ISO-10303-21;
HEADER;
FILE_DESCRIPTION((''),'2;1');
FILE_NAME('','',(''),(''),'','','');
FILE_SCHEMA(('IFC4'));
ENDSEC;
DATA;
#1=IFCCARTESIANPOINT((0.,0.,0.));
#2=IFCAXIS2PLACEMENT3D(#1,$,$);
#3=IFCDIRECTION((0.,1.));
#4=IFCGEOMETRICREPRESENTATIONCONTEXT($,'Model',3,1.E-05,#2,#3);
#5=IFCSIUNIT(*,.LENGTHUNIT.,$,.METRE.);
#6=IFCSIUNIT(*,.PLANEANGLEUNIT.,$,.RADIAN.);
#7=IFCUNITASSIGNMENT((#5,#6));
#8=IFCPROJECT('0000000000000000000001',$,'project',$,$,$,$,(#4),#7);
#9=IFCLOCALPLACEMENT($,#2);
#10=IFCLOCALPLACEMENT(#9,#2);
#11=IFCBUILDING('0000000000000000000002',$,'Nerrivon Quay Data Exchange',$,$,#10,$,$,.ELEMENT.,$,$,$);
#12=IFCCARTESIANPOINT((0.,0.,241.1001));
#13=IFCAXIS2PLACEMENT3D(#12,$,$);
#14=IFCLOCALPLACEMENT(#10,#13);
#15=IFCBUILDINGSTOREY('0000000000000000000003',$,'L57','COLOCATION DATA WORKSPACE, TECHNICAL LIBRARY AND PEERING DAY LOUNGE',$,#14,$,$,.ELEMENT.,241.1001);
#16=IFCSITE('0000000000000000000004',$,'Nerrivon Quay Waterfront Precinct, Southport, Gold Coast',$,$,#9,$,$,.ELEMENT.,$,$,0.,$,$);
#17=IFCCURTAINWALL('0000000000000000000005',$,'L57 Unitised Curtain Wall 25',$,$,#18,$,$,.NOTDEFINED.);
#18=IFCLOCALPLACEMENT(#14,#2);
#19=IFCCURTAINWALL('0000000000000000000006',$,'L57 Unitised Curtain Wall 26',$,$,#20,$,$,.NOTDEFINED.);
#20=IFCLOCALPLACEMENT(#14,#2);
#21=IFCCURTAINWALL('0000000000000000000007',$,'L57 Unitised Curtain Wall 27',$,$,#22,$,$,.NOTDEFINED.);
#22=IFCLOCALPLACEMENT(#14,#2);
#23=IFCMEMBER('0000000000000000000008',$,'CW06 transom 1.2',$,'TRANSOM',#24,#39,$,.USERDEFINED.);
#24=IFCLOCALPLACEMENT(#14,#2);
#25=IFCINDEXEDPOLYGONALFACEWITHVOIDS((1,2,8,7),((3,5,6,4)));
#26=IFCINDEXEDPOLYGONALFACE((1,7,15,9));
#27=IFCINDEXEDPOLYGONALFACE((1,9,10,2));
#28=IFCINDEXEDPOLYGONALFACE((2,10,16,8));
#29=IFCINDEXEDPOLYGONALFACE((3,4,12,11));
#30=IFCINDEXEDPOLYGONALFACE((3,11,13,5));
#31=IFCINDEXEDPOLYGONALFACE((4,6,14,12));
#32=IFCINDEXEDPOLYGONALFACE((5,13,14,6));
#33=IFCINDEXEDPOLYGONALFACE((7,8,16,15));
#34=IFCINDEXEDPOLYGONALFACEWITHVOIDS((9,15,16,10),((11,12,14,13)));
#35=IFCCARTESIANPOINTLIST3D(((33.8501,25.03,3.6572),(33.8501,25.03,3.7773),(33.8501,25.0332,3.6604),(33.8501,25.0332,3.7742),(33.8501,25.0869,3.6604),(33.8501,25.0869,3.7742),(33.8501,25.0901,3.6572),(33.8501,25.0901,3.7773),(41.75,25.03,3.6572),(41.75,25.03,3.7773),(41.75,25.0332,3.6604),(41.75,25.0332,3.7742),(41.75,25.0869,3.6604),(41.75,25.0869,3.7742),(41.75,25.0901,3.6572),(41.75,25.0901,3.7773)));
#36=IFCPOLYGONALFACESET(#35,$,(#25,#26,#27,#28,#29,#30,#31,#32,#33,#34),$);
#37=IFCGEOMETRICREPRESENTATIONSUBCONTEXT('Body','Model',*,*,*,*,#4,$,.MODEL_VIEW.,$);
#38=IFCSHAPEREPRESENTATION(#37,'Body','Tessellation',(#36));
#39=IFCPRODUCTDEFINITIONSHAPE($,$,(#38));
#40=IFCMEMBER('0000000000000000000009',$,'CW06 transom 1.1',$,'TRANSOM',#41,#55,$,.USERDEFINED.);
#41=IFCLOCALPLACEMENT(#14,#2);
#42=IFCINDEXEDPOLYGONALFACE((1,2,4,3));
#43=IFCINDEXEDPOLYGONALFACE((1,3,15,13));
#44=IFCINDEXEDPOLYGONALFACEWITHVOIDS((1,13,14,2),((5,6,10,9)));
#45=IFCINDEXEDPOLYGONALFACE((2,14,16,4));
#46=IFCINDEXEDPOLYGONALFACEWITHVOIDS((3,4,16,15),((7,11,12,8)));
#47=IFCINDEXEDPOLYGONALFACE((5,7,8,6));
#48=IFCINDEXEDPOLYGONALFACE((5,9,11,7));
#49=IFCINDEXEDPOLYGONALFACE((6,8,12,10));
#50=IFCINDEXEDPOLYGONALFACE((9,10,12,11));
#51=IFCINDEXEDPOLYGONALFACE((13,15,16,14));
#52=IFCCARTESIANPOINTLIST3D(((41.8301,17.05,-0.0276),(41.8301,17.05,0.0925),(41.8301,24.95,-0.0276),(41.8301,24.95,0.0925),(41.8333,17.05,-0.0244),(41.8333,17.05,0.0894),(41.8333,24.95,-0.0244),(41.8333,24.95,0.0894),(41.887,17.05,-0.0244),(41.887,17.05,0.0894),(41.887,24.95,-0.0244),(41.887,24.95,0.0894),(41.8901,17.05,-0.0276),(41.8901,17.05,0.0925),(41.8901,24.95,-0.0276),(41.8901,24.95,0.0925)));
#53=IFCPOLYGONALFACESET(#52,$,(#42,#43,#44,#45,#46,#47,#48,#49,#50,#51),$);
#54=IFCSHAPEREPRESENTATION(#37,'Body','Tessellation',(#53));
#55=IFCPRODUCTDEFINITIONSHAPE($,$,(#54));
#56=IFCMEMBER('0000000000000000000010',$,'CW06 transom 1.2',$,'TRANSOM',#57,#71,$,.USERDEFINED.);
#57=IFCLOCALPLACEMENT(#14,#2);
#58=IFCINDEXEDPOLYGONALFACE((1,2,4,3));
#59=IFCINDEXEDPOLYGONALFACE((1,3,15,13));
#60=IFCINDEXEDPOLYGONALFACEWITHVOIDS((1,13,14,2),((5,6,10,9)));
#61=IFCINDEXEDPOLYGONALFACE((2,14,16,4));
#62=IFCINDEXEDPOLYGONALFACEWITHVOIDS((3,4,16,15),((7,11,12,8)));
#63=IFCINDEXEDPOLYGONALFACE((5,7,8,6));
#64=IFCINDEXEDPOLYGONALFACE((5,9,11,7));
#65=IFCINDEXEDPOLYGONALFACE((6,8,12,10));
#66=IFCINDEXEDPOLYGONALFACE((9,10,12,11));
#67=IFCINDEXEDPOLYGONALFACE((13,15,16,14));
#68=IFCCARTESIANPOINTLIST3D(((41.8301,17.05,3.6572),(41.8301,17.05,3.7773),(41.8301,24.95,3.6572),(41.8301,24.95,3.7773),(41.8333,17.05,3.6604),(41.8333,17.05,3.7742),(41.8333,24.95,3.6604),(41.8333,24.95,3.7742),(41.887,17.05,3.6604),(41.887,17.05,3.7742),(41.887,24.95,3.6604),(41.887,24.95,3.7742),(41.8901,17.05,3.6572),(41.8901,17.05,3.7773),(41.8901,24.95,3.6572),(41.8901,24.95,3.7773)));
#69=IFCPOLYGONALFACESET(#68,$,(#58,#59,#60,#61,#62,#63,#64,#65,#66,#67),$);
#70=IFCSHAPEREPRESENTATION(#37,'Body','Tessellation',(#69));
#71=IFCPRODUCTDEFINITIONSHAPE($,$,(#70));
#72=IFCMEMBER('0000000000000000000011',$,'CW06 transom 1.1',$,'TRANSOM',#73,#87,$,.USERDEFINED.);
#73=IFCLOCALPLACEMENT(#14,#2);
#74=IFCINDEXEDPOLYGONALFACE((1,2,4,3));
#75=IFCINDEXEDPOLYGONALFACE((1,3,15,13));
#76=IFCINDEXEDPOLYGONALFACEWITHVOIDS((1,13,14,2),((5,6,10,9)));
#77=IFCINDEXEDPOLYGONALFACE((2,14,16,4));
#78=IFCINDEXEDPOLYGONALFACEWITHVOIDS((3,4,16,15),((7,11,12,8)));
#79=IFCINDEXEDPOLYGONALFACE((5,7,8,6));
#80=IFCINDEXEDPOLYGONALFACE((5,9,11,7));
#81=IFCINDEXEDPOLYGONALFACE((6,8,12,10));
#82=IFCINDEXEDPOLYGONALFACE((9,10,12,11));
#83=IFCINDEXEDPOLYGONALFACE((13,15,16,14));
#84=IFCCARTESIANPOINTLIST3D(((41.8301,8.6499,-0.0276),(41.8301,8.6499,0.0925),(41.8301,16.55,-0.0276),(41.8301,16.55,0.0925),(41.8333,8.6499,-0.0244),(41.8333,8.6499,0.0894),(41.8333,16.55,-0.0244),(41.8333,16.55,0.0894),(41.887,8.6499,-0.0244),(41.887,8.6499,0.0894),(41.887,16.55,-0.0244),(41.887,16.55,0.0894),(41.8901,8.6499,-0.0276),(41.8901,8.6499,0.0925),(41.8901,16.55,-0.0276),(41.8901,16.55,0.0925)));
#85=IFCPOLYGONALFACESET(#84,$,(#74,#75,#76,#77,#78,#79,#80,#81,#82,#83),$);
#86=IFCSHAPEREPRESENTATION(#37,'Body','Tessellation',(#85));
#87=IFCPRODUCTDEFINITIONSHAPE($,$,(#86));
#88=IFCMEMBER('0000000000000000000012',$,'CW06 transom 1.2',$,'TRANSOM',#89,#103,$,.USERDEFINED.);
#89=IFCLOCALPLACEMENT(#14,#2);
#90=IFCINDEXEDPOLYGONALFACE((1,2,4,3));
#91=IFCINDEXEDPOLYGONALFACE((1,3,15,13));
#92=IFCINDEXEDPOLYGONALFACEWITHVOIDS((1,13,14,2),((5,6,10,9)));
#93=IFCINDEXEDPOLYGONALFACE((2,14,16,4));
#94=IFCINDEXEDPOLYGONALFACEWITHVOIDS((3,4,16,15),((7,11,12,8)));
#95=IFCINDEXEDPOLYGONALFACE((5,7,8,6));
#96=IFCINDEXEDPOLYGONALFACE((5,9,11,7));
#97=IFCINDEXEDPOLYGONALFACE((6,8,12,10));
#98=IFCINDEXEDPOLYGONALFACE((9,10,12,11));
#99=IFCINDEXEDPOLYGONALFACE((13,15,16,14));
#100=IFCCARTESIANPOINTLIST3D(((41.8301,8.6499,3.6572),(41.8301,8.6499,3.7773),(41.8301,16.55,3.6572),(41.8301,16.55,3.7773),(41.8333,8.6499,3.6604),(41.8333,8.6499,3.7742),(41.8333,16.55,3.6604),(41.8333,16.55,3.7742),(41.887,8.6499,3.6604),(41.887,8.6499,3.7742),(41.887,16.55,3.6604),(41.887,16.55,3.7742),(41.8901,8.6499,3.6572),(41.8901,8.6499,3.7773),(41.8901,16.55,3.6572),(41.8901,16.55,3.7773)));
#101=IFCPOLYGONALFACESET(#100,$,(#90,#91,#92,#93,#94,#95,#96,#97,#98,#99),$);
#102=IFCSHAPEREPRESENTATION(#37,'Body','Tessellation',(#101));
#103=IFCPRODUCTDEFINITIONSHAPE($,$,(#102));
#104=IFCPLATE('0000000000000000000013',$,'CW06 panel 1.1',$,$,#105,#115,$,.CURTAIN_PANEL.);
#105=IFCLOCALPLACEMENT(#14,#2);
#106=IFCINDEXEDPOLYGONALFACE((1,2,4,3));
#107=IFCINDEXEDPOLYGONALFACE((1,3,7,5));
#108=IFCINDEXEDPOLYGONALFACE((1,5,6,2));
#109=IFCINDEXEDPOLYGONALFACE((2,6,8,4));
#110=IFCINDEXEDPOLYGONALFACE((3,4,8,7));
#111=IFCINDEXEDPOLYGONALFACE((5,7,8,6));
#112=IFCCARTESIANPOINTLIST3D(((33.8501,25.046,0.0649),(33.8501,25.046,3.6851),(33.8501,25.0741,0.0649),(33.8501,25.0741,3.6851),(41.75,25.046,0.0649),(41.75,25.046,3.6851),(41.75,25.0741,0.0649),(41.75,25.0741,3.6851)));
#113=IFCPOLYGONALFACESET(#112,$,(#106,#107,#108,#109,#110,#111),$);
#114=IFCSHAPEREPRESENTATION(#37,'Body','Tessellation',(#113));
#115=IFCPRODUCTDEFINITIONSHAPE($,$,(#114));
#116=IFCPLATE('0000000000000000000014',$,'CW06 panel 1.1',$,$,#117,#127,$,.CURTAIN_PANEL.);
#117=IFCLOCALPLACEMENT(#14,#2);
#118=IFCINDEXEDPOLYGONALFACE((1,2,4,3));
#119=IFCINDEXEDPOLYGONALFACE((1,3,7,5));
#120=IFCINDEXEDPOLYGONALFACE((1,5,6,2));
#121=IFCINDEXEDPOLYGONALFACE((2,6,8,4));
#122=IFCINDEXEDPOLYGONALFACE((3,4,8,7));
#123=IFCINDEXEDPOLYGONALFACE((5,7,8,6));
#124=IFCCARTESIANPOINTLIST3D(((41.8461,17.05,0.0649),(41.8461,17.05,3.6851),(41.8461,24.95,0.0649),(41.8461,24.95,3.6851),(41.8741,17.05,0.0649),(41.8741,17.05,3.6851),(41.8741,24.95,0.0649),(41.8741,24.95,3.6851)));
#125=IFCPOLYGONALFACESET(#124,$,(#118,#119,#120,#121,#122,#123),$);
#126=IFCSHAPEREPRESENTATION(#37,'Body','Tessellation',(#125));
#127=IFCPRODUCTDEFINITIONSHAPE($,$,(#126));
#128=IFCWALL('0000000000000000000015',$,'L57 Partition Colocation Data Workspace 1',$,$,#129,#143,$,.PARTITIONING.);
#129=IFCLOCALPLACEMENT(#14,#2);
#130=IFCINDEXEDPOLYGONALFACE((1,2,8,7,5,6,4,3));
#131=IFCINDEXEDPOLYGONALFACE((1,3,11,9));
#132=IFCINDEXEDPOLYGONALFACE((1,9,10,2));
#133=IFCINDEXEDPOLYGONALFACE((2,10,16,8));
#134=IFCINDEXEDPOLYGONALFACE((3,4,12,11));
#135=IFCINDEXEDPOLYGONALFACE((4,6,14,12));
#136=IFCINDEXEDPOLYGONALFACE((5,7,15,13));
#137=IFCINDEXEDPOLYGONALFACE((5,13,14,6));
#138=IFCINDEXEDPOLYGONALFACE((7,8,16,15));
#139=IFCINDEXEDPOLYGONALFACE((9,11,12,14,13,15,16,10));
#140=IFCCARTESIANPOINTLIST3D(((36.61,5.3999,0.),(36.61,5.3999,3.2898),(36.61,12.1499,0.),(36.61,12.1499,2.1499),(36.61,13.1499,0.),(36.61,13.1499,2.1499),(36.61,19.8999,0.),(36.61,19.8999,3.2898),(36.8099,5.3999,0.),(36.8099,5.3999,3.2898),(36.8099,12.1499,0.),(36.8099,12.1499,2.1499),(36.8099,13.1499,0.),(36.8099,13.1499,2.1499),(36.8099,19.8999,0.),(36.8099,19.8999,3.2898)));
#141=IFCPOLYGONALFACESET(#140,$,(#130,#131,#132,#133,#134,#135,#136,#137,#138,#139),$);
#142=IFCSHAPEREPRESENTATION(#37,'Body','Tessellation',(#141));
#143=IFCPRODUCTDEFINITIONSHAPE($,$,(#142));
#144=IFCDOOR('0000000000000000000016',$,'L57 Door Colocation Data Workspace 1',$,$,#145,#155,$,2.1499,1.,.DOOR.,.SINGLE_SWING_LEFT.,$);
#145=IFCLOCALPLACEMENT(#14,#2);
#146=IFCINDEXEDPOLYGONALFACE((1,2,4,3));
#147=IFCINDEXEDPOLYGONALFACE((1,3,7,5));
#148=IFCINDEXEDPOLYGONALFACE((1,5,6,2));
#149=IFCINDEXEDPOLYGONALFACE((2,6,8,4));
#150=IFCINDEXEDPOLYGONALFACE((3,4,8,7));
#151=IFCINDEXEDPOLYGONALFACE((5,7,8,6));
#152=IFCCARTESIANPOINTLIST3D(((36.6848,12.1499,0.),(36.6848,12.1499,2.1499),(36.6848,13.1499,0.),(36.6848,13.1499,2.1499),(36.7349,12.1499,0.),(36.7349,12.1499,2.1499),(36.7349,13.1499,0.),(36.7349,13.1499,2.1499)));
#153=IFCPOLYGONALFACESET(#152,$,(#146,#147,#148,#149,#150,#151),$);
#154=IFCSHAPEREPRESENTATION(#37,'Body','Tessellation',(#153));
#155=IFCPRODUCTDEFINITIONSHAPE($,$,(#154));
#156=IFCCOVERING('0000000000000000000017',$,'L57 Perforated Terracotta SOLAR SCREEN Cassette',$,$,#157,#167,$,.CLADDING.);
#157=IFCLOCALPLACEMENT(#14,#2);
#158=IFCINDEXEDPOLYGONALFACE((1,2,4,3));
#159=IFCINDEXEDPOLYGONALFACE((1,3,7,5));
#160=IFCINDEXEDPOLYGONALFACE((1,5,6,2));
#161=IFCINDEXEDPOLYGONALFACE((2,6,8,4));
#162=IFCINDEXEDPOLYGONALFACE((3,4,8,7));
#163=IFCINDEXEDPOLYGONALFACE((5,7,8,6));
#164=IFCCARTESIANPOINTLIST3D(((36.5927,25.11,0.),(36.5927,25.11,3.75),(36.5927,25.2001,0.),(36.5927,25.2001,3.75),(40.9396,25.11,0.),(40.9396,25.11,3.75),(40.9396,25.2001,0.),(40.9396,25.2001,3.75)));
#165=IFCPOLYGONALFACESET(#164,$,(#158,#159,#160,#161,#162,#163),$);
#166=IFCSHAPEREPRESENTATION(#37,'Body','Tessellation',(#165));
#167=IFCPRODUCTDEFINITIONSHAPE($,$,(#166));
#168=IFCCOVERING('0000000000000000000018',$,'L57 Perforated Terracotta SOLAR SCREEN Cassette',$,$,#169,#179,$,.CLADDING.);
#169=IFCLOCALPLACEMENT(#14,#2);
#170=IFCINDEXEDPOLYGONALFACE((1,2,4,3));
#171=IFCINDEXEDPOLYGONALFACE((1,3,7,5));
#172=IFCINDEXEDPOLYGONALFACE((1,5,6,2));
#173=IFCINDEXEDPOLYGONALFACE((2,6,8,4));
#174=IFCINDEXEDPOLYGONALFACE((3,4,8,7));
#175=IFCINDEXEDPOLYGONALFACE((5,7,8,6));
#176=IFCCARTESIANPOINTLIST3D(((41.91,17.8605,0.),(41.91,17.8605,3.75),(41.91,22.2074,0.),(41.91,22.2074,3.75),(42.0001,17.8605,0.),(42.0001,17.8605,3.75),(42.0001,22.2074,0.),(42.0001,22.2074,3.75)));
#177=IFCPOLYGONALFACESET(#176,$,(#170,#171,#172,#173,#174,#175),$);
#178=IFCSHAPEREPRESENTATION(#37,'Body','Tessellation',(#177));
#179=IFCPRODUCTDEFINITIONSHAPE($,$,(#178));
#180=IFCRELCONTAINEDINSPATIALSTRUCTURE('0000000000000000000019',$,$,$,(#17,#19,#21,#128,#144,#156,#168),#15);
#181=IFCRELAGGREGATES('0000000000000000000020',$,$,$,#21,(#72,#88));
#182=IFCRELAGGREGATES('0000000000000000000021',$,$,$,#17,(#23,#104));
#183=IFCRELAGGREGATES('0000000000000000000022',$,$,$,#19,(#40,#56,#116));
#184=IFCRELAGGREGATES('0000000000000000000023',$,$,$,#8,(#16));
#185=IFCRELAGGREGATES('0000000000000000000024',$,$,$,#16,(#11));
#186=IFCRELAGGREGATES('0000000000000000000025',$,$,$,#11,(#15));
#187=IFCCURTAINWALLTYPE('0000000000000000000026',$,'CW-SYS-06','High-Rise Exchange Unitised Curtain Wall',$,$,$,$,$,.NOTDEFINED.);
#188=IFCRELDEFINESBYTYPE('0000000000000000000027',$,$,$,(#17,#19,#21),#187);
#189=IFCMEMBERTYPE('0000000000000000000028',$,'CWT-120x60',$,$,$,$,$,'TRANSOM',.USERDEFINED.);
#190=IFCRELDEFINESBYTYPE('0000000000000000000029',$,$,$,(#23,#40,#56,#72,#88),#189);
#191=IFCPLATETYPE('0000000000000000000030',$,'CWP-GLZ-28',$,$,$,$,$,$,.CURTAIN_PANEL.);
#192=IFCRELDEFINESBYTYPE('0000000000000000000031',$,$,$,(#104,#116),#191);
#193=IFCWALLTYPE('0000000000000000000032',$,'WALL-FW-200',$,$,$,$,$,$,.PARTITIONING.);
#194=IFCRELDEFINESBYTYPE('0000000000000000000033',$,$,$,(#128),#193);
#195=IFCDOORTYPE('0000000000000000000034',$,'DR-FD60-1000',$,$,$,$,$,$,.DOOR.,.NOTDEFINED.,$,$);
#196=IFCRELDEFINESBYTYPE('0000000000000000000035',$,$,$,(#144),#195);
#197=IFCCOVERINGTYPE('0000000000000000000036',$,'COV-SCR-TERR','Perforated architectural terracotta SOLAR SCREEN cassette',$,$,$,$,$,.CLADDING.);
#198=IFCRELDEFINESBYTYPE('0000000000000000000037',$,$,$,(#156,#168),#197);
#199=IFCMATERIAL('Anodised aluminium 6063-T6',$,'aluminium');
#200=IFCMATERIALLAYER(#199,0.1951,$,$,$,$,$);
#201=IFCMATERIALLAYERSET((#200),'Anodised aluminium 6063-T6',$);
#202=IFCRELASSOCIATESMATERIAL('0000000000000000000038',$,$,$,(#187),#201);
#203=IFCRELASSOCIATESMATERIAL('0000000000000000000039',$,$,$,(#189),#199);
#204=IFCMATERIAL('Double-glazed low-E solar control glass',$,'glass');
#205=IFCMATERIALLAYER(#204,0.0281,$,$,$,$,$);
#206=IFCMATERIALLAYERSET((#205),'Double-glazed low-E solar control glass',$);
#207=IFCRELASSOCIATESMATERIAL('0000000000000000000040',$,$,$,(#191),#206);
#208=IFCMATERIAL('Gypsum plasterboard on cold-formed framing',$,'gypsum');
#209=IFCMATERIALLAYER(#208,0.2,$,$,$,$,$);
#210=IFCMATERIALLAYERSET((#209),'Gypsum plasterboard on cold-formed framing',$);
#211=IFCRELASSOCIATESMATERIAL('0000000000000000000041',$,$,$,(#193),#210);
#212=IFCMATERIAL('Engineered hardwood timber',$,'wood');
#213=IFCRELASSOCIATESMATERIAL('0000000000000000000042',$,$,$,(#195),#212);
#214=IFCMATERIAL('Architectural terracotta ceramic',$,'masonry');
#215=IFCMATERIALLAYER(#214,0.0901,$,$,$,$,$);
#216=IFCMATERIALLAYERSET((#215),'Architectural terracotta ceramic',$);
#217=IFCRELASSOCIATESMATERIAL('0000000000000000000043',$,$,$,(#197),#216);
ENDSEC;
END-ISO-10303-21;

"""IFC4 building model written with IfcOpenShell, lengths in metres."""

from ifc_helpers import new_model, si_unit, direction, frame, frame_2d, origin, origin_2d, place, context, subcontext, project, spatial, rectangle, hollow_rectangle, extrude, material, layer, layer_set, material_profile, profile_set, type_object, element, fill, aggregate, save


model = new_model("IFC4")

# Units and contexts
model_context = context("Model", 3, precision=1e-05, world=origin(), true_north=direction((0.0, 1.0)))
body_context = subcontext(model_context, "Body", "Model", "MODEL_VIEW")
ifc_project = project(units=[si_unit("LENGTHUNIT", "METRE"), si_unit("PLANEANGLEUNIT", "RADIAN")], contexts=[model_context])

# Site, building, storey
site_placement = place(None, origin())
site = spatial("IfcSite", under=ifc_project, at=site_placement, Name="Nerrivon Quay Waterfront Precinct, Southport, Gold Coast", CompositionType="ELEMENT", RefElevation=0.0)
building_placement = place(site_placement, origin())
building = spatial("IfcBuilding", under=site, at=building_placement, Name="Nerrivon Quay Data Exchange", CompositionType="ELEMENT")
storey_placement = place(building_placement, frame((0.0, 0.0, 241.1001)))
storey = spatial("IfcBuildingStorey", under=building, at=storey_placement, Name="L57", Description="COLOCATION DATA WORKSPACE, TECHNICAL LIBRARY AND PEERING DAY LOUNGE", CompositionType="ELEMENT", Elevation=241.1001)

# Shared definitions
ifc_material_1 = material(Name="Anodised aluminium 6063-T6", Category="aluminium")
ifc_layer_1 = layer(ifc_material_1, 0.1951)
ifc_layer_set_1 = layer_set([ifc_layer_1], Name="Anodised aluminium 6063-T6")
curtain_wall_type = type_object("IfcCurtainWallType", Name="CW-SYS-06", Description="High-Rise Exchange Unitised Curtain Wall", PredefinedType="NOTDEFINED", material=ifc_layer_set_1)

# Curtain walls
curtain_wall_1_placement = place(storey_placement, origin())
curtain_wall_1 = element("IfcCurtainWall", 1, at=curtain_wall_1_placement, inside=storey, type_object=curtain_wall_type, Name="L57 Unitised Curtain Wall 25", PredefinedType="NOTDEFINED")
curtain_wall_2_placement = place(storey_placement, origin())
curtain_wall_2 = element("IfcCurtainWall", 2, at=curtain_wall_2_placement, inside=storey, type_object=curtain_wall_type, Name="L57 Unitised Curtain Wall 26", PredefinedType="NOTDEFINED")

# Curtain wall
curtain_wall_3_placement = place(storey_placement, origin())
curtain_wall_3 = element("IfcCurtainWall", 3, at=curtain_wall_3_placement, inside=storey, type_object=curtain_wall_type, Name="L57 Unitised Curtain Wall 27", PredefinedType="NOTDEFINED")

# Members
ifc_material_profile_1 = material_profile(ifc_material_1, hollow_rectangle(XDim=0.0601, YDim=0.1201, WallThickness=0.0032, at=origin_2d()), Name="ALU-TRAN-120x60")
ifc_profile_set_1 = profile_set([ifc_material_profile_1], Name="Anodised aluminium 6063-T6")
member_type_1 = type_object("IfcMemberType", Name="CWT-120x60", ElementType="TRANSOM", PredefinedType="USERDEFINED", material=ifc_profile_set_1)
member_1_placement = place(storey_placement, frame((33.8501, 25.0601, 3.7173), z_axis=(1.0, 0.0, 0.0), x_axis=(0.0, 1.0, 0.0)))
member_1 = element("IfcMember", 4, at=member_1_placement, type_object=member_type_1, Name="CW06 transom 1.2", ObjectType="TRANSOM", PredefinedType="USERDEFINED", context=body_context, shape_type="SweptSolid", body=[
    extrude(hollow_rectangle(XDim=0.0601, YDim=0.1201, WallThickness=0.0032, at=origin_2d()), origin(), (0.0, 0.0, 1.0), 7.8999),
])
member_2_placement = place(storey_placement, frame((41.8601, 24.95, 0.0325), z_axis=(0.0, -1.0, 0.0), x_axis=(1.0, 0.0, 0.0)))
member_2 = element("IfcMember", 5, at=member_2_placement, type_object=member_type_1, Name="CW06 transom 1.1", ObjectType="TRANSOM", PredefinedType="USERDEFINED", context=body_context, shape_type="SweptSolid", body=[
    extrude(hollow_rectangle(XDim=0.0601, YDim=0.1201, WallThickness=0.0032, at=origin_2d()), origin(), (0.0, 0.0, 1.0), 7.8999),
])
member_3_placement = place(storey_placement, frame((41.8601, 24.95, 3.7173), z_axis=(0.0, -1.0, 0.0), x_axis=(1.0, 0.0, 0.0)))
member_3 = element("IfcMember", 6, at=member_3_placement, type_object=member_type_1, Name="CW06 transom 1.2", ObjectType="TRANSOM", PredefinedType="USERDEFINED", context=body_context, shape_type="SweptSolid", body=[
    extrude(hollow_rectangle(XDim=0.0601, YDim=0.1201, WallThickness=0.0032, at=origin_2d()), origin(), (0.0, 0.0, 1.0), 7.8999),
])
member_4_placement = place(storey_placement, frame((41.8601, 16.55, 0.0325), z_axis=(0.0, -1.0, 0.0), x_axis=(1.0, 0.0, 0.0)))
member_4 = element("IfcMember", 7, at=member_4_placement, type_object=member_type_1, Name="CW06 transom 1.1", ObjectType="TRANSOM", PredefinedType="USERDEFINED", context=body_context, shape_type="SweptSolid", body=[
    extrude(hollow_rectangle(XDim=0.0601, YDim=0.1201, WallThickness=0.0032, at=origin_2d()), origin(), (0.0, 0.0, 1.0), 7.9001),
])
member_5_placement = place(storey_placement, frame((41.8601, 16.55, 3.7173), z_axis=(0.0, -1.0, 0.0), x_axis=(1.0, 0.0, 0.0)))
member_5 = element("IfcMember", 8, at=member_5_placement, type_object=member_type_1, Name="CW06 transom 1.2", ObjectType="TRANSOM", PredefinedType="USERDEFINED", context=body_context, shape_type="SweptSolid", body=[
    extrude(hollow_rectangle(XDim=0.0601, YDim=0.1201, WallThickness=0.0032, at=origin_2d()), origin(), (0.0, 0.0, 1.0), 7.9001),
])
aggregate(curtain_wall_3, [member_4, member_5])

# Plates
ifc_material_2 = material(Name="Double-glazed low-E solar control glass", Category="glass")
ifc_layer_2 = layer(ifc_material_2, 0.0281)
ifc_layer_set_2 = layer_set([ifc_layer_2], Name="Double-glazed low-E solar control glass")
plate_type = type_object("IfcPlateType", Name="CWP-GLZ-28", PredefinedType="CURTAIN_PANEL", material=ifc_layer_set_2)
plate_1_placement = place(storey_placement, frame((37.8, 25.0601, 0.0649), z_axis=(0.0, 0.0, 1.0), x_axis=(1.0, 0.0, 0.0)))
plate_1 = element("IfcPlate", 9, at=plate_1_placement, type_object=plate_type, Name="CW06 panel 1.1", PredefinedType="CURTAIN_PANEL", context=body_context, shape_type="SweptSolid", body=[
    extrude(rectangle(XDim=7.8999, YDim=0.0281, at=origin_2d()), origin(), (0.0, 0.0, 1.0), 3.6201),
])
aggregate(curtain_wall_1, [member_1, plate_1])
plate_2_placement = place(storey_placement, frame((41.8601, 21.0, 0.0649), z_axis=(0.0, 0.0, 1.0), x_axis=(0.0, -1.0, 0.0)))
plate_2 = element("IfcPlate", 10, at=plate_2_placement, type_object=plate_type, Name="CW06 panel 1.1", PredefinedType="CURTAIN_PANEL", context=body_context, shape_type="SweptSolid", body=[
    extrude(rectangle(XDim=7.8999, YDim=0.0281, at=origin_2d()), origin(), (0.0, 0.0, 1.0), 3.6201),
])
aggregate(curtain_wall_2, [member_2, member_3, plate_2])

# Wall, opening, door
ifc_material_3 = material(Name="Gypsum plasterboard on cold-formed framing", Category="gypsum")
ifc_layer_3 = layer(ifc_material_3, 0.2)
ifc_layer_set_3 = layer_set([ifc_layer_3], Name="Gypsum plasterboard on cold-formed framing")
wall_type = type_object("IfcWallType", Name="WALL-FW-200", PredefinedType="PARTITIONING", material=ifc_layer_set_3)
wall_placement = place(storey_placement, frame((36.71, 19.8999, 0.0), z_axis=(0.0, 0.0, 1.0), x_axis=(0.0, -1.0, 0.0)))
wall = element("IfcWall", 11, at=wall_placement, inside=storey, type_object=wall_type, Name="L57 Partition Colocation Data Workspace 1", PredefinedType="PARTITIONING", context=body_context, shape_type="SweptSolid", body=[
    extrude(rectangle(XDim=14.5, YDim=0.2, at=frame_2d((7.25, 0.0))), origin(), (0.0, 0.0, 1.0), 3.2898),
])
opening_placement = place(wall_placement, frame((6.75, 0.0, 0.0)))
opening = element("IfcOpeningElement", 12, at=opening_placement, cuts=wall, PredefinedType="OPENING", context=body_context, shape_type="SweptSolid", body=[
    extrude(rectangle(XDim=1.0, YDim=2.1499, at=frame_2d((0.5, 1.075))), frame((0.0, 0.1099, 0.0), z_axis=(0.0, -1.0, 0.0), x_axis=(1.0, 0.0, 0.0)), (0.0, 0.0, 1.0), 0.22),
])
ifc_material_4 = material(Name="Engineered hardwood timber", Category="wood")
door_type = type_object("IfcDoorType", Name="DR-FD60-1000", OperationType="NOTDEFINED", PredefinedType="DOOR", material=ifc_material_4)
door_placement = place(opening_placement, origin())
door = element("IfcDoor", 13, at=door_placement, inside=storey, type_object=door_type, Name="L57 Door Colocation Data Workspace 1", OperationType="SINGLE_SWING_LEFT", OverallHeight=2.1499, OverallWidth=1.0, PredefinedType="DOOR", context=body_context, shape_type="SweptSolid", body=[
    extrude(rectangle(XDim=1.0, YDim=2.1499, at=frame_2d((0.5, 1.075))), frame((0.0, 0.0249, 0.0), z_axis=(0.0, -1.0, 0.0), x_axis=(1.0, 0.0, 0.0)), (0.0, 0.0, 1.0), 0.05),
])
fill(opening, door)

# Coverings
ifc_material_5 = material(Name="Architectural terracotta ceramic", Category="masonry")
ifc_layer_4 = layer(ifc_material_5, 0.0901)
ifc_layer_set_4 = layer_set([ifc_layer_4], Name="Architectural terracotta ceramic")
covering_type = type_object("IfcCoveringType", Name="COV-SCR-TERR", Description="Perforated architectural terracotta SOLAR SCREEN cassette", PredefinedType="CLADDING", material=ifc_layer_set_4)
for number, where, z_axis, x_axis, name in (
    (14, (38.7661, 25.155, 0.0), (0.0, 0.0, 1.0), (1.0, 0.0, 0.0), "L57 Perforated Terracotta SOLAR SCREEN Cassette"),
    (15, (41.9551, 20.0339, 0.0), (0.0, 0.0, 1.0), (0.0, -1.0, 0.0), "L57 Perforated Terracotta SOLAR SCREEN Cassette"),
):
    element("IfcCovering", number, at=place(storey_placement, frame(where, z_axis=z_axis, x_axis=x_axis)), inside=storey, type_object=covering_type, Name=name, PredefinedType="CLADDING", context=body_context, shape_type="SweptSolid", body=[
        extrude(rectangle(XDim=4.3469, YDim=0.0901, at=origin_2d()), origin(), (0.0, 0.0, 1.0), 3.75),
    ])

save(model, "model.ifc")
